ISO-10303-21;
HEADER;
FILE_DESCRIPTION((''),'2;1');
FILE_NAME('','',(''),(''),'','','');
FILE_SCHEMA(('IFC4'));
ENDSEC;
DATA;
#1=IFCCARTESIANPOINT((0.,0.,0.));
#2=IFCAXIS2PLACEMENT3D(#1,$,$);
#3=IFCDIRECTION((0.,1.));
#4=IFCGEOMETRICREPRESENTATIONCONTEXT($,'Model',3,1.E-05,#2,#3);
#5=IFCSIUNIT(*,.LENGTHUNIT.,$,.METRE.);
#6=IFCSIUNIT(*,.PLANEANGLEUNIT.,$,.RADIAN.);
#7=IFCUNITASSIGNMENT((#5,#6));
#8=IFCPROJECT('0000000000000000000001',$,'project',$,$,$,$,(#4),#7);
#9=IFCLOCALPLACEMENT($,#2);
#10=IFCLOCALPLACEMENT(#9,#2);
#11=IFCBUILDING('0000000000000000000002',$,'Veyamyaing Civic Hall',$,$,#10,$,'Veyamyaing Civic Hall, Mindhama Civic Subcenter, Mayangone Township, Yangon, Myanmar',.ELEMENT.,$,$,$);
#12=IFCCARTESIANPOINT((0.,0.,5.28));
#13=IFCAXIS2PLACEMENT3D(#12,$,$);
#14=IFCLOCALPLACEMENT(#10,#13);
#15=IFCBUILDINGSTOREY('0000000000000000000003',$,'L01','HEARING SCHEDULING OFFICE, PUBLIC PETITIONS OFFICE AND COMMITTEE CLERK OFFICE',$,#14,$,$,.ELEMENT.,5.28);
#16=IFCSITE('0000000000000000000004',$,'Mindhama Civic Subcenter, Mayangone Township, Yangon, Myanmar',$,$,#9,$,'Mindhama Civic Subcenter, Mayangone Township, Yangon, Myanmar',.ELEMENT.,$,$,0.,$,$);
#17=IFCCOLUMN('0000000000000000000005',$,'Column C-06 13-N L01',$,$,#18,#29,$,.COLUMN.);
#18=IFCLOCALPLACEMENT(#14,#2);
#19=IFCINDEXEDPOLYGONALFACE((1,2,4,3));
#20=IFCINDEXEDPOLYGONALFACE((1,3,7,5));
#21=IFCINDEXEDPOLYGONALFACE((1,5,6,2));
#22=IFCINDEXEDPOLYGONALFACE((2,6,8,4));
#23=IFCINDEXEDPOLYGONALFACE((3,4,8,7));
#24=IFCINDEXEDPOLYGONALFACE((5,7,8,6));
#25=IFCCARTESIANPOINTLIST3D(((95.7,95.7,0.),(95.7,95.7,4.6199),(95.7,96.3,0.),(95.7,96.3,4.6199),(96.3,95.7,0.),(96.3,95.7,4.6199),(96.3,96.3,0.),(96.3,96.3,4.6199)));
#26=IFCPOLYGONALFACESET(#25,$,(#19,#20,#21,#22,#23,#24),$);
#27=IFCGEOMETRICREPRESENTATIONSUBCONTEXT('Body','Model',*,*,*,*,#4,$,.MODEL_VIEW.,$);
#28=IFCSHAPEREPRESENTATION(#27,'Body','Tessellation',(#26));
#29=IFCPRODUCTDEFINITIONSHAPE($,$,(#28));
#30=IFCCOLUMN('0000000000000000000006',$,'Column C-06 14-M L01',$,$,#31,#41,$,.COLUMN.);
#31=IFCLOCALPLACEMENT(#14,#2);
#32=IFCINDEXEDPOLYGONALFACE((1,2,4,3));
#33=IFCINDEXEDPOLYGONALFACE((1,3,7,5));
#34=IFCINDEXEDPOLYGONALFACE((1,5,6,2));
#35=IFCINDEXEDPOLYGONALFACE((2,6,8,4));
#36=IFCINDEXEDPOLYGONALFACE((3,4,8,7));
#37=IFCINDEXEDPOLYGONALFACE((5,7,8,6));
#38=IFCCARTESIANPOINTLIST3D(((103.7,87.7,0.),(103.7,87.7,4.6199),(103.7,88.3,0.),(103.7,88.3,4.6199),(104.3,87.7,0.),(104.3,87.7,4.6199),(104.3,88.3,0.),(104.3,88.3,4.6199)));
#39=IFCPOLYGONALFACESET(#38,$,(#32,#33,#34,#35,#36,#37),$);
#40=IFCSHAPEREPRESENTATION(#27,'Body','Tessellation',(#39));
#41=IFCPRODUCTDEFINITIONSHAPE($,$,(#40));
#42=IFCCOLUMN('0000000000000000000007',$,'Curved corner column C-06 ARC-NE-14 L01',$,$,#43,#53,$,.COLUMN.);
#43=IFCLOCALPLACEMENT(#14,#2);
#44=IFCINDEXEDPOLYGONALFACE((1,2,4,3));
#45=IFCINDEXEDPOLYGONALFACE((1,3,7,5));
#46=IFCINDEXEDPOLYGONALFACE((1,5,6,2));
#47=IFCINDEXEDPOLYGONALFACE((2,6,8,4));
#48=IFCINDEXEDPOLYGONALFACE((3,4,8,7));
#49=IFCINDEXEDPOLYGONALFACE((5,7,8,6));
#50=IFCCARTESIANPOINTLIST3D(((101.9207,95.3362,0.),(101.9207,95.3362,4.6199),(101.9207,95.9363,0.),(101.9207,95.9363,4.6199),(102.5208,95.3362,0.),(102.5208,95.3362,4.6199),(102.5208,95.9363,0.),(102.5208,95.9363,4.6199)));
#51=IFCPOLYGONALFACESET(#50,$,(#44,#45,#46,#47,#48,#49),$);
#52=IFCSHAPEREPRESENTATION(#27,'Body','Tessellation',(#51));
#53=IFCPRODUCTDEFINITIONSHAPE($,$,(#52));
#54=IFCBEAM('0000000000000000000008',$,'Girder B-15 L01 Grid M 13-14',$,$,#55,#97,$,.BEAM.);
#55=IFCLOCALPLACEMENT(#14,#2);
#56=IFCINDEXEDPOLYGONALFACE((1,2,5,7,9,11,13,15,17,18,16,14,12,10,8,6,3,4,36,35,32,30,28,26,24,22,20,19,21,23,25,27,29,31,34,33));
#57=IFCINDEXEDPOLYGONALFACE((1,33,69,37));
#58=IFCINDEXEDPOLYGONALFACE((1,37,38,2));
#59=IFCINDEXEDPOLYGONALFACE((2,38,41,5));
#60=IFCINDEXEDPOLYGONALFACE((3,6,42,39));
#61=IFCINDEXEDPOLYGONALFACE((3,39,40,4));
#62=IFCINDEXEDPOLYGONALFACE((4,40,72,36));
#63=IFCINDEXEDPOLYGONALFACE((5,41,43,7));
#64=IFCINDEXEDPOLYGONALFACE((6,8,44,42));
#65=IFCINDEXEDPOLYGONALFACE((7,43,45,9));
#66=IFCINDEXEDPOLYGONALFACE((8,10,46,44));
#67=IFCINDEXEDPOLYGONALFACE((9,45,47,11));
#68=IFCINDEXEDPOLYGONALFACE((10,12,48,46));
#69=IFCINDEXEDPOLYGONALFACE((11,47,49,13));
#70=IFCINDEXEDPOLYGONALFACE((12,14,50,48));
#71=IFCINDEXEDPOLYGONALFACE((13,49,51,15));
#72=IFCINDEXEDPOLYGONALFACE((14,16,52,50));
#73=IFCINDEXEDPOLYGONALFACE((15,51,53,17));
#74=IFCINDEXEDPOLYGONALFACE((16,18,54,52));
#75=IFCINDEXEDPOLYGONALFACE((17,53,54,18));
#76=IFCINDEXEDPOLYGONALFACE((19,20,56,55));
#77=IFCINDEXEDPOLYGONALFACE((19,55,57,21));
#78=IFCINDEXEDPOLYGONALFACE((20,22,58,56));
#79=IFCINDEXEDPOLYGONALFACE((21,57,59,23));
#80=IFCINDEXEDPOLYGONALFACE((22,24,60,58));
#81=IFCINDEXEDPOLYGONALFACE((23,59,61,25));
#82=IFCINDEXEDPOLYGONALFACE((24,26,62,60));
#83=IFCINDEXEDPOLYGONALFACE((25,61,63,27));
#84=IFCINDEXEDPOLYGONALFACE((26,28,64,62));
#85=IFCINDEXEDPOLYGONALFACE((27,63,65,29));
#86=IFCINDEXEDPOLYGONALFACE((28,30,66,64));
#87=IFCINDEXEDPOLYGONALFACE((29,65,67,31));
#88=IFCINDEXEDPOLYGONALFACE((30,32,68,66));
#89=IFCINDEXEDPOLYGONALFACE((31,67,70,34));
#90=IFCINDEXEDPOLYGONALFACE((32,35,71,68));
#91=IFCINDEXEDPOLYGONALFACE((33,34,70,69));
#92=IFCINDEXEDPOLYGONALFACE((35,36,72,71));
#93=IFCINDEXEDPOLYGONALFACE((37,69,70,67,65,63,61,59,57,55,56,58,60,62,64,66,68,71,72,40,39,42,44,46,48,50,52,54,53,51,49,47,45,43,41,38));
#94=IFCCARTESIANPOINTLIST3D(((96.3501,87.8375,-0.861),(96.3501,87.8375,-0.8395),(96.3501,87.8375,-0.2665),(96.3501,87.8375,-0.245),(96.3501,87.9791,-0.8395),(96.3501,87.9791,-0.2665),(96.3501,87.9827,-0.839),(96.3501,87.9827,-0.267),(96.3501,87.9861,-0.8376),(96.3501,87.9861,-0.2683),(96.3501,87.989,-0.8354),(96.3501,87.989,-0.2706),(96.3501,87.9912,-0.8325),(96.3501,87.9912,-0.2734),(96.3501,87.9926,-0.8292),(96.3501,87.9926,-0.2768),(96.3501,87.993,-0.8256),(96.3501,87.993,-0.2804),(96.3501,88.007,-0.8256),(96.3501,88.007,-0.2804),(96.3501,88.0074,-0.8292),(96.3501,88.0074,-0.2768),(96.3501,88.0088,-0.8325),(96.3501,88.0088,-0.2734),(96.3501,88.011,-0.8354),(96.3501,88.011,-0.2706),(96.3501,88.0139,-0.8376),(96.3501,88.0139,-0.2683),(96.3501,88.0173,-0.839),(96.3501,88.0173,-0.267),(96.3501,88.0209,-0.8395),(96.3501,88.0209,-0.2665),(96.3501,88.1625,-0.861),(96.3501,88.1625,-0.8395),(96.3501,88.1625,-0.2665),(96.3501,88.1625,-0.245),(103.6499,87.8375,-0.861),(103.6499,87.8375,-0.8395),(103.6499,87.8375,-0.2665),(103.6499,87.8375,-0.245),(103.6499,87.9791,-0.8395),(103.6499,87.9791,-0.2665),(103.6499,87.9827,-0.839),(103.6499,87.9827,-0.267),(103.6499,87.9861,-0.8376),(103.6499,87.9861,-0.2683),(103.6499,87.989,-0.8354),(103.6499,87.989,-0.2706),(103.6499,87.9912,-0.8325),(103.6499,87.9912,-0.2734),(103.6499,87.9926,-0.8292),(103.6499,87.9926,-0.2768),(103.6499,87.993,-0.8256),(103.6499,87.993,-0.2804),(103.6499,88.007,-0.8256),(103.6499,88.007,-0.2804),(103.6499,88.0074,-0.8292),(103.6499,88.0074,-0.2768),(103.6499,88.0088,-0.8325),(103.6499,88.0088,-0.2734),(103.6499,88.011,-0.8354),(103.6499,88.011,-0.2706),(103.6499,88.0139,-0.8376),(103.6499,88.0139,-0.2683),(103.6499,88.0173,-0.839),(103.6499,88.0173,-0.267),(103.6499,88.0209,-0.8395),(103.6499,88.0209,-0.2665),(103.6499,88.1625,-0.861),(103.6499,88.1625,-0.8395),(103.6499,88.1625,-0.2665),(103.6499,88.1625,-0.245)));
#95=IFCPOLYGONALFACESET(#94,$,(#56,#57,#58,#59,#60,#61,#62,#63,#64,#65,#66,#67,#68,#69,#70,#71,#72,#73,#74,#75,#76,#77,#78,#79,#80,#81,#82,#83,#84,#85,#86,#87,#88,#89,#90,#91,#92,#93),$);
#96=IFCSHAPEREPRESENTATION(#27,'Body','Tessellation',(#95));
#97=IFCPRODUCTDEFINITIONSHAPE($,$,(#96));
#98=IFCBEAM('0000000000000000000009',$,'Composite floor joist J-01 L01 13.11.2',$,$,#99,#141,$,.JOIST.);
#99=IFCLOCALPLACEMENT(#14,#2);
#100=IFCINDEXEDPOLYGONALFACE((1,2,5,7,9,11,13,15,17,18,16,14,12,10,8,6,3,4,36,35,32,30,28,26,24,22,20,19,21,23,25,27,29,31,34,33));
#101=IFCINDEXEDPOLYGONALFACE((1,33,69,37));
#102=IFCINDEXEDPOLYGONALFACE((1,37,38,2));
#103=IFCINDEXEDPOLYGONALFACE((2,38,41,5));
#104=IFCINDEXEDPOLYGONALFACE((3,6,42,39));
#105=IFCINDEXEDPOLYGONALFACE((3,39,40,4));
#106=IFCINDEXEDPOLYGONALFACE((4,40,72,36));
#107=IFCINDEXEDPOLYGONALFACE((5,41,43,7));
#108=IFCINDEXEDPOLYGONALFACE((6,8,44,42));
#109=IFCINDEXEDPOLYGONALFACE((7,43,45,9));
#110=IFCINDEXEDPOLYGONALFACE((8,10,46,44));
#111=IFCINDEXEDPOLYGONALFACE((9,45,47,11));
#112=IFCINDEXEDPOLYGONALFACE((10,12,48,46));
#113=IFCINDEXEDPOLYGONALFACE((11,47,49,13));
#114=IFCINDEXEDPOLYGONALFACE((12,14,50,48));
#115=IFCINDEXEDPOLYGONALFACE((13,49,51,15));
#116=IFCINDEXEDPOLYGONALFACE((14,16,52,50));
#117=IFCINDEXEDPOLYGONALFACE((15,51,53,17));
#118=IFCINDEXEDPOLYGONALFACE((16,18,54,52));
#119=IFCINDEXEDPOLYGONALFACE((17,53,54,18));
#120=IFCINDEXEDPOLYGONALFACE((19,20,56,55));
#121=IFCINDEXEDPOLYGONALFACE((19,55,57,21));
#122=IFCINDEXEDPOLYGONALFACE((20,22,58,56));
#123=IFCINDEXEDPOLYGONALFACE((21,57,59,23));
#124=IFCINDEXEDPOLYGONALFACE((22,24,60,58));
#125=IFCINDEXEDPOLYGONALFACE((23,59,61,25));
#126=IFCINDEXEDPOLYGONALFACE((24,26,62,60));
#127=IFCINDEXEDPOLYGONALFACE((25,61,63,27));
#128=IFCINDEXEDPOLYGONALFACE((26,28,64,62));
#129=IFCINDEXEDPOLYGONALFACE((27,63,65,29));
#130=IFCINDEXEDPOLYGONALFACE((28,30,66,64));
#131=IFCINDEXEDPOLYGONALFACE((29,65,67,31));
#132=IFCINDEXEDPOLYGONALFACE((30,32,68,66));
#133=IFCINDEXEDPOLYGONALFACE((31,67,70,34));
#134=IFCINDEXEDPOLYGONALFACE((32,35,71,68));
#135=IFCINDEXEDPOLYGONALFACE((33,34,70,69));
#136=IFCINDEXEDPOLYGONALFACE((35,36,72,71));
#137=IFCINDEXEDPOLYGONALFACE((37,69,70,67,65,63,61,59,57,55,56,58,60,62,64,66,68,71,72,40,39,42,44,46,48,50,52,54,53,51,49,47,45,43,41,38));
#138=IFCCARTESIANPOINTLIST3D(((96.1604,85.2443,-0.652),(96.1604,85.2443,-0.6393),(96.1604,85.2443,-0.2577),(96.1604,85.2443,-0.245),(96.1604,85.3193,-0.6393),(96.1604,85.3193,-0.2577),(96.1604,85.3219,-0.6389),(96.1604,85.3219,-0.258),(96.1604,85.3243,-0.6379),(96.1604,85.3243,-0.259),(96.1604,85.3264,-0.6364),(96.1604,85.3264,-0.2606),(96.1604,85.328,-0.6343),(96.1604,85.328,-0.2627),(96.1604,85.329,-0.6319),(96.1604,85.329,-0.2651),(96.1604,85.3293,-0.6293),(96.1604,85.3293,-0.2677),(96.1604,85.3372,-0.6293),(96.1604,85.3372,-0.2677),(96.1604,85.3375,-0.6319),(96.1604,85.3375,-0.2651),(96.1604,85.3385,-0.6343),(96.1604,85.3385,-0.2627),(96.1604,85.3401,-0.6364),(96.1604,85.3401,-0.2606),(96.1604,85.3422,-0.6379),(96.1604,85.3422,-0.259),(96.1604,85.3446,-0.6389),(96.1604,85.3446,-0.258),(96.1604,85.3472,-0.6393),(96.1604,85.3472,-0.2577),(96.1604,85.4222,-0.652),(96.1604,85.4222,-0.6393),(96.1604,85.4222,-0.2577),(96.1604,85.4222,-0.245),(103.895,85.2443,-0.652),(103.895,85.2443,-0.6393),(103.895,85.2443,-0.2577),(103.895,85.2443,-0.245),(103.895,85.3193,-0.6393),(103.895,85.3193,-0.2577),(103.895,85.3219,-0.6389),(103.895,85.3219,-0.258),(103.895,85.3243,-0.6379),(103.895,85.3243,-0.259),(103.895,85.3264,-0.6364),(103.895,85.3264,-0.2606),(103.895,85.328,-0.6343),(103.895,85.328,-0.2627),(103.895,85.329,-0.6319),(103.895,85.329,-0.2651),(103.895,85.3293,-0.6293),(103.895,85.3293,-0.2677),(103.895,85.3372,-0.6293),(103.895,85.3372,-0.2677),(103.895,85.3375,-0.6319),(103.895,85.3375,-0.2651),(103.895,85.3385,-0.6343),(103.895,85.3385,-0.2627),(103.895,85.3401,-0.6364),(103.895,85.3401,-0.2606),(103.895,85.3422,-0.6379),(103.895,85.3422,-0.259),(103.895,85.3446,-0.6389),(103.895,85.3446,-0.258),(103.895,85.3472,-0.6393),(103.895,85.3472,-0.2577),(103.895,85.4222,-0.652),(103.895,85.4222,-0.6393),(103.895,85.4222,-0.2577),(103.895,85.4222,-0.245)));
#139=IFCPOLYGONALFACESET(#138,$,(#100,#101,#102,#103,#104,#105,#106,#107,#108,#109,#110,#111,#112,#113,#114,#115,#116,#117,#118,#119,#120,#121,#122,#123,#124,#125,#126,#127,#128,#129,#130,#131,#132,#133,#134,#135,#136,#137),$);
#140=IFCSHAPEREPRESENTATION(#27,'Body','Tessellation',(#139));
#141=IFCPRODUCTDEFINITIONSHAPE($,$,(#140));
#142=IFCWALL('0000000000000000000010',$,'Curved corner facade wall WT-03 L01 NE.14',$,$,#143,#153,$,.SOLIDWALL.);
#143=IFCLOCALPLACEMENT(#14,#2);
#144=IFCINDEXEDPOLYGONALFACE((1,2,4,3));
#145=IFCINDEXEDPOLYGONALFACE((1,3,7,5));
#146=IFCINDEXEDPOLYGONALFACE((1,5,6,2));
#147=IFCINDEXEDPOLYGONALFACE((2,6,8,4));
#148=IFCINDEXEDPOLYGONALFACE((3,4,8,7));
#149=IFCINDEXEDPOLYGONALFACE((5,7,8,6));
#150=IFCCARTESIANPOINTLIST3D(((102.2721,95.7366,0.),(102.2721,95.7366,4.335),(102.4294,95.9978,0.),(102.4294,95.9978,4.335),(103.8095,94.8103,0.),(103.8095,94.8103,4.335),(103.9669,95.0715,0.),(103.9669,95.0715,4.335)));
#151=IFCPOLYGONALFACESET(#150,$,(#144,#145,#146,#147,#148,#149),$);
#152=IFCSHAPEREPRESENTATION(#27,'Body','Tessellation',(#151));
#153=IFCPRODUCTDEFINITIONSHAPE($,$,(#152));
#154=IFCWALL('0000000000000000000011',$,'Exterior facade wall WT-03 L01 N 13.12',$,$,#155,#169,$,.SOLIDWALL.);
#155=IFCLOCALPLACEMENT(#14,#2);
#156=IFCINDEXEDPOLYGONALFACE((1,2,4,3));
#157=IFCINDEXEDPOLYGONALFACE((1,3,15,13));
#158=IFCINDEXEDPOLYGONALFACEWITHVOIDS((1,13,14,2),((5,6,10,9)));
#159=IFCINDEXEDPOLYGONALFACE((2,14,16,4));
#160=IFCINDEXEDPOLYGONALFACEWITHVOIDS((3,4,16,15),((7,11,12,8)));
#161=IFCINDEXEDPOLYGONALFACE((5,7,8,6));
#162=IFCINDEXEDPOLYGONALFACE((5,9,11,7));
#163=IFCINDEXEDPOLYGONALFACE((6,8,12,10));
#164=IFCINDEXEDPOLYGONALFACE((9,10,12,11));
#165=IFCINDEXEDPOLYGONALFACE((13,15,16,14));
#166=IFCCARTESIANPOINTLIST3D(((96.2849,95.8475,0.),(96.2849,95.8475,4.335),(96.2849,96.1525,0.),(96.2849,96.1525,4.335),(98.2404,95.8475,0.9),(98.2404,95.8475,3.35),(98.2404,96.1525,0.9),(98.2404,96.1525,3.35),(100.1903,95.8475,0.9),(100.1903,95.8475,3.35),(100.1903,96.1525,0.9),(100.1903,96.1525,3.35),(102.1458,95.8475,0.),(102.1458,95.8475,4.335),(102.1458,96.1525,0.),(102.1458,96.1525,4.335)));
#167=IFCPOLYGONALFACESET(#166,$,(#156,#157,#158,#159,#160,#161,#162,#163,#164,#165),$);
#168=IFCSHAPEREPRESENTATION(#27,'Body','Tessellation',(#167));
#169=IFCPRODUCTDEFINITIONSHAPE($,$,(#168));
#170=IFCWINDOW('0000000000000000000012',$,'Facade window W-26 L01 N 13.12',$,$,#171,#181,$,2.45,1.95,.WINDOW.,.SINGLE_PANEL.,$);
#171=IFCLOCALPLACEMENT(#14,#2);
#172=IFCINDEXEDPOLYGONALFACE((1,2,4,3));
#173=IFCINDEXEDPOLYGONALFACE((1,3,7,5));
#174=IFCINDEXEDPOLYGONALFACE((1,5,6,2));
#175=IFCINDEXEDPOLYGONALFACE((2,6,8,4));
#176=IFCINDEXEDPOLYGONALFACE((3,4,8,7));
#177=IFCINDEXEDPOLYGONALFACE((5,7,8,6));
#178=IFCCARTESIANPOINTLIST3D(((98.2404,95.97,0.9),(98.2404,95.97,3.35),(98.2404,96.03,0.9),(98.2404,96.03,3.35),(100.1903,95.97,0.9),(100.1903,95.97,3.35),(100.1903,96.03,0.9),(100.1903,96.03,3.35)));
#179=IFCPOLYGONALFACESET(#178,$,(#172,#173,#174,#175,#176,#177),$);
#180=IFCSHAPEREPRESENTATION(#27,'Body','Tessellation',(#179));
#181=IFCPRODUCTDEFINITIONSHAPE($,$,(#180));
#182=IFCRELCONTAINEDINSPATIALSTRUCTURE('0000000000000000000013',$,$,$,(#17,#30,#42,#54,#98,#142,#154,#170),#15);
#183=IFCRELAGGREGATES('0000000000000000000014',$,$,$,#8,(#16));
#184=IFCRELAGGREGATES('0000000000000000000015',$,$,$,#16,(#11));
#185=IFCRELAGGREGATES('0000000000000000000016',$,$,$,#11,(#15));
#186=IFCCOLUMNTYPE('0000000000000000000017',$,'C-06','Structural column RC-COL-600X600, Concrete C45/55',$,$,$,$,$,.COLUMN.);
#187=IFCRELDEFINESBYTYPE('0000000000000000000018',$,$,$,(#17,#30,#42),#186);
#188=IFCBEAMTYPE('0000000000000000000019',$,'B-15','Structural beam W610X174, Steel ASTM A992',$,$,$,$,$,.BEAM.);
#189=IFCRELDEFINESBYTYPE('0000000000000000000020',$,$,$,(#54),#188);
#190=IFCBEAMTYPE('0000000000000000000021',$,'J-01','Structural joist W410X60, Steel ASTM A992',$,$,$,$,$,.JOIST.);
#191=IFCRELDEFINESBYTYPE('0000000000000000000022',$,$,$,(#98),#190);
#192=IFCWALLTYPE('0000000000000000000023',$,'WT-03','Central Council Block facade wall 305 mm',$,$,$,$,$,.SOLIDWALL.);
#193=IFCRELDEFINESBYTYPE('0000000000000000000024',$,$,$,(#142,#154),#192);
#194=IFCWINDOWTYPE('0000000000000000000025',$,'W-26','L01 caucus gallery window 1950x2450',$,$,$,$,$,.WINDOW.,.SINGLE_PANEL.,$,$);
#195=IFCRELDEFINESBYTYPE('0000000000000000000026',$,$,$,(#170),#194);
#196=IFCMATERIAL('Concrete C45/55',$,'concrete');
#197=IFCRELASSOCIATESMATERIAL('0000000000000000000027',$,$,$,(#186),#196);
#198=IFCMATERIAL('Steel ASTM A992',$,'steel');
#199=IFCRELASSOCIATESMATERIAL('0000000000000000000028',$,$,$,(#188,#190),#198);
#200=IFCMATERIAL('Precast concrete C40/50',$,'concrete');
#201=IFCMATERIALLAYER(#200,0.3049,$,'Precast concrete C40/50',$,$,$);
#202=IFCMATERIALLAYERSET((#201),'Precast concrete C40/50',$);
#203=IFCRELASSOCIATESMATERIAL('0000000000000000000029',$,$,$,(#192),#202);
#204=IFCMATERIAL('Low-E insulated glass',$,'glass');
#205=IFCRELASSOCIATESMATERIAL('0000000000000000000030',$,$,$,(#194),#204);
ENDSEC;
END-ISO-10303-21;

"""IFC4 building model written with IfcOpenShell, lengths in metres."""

from ifc_helpers import new_model, si_unit, direction, frame, frame_2d, origin, origin_2d, place, context, subcontext, project, spatial, rectangle, i_section, extrude, material, layer, layer_set, material_profile, profile_set, type_object, element, fill, save


model = new_model("IFC4")

# Units and contexts
model_context = context("Model", 3, precision=1e-05, world=origin(), true_north=direction((0.0, 1.0)))
body_context = subcontext(model_context, "Body", "Model", "MODEL_VIEW")
ifc_project = project(units=[si_unit("LENGTHUNIT", "METRE"), si_unit("PLANEANGLEUNIT", "RADIAN")], contexts=[model_context])

# Site, building, storey
site_placement = place(None, origin())
site = spatial("IfcSite", under=ifc_project, at=site_placement, Name="Mindhama Civic Subcenter, Mayangone Township, Yangon, Myanmar", LongName="Mindhama Civic Subcenter, Mayangone Township, Yangon, Myanmar", CompositionType="ELEMENT", RefElevation=0.0)
building_placement = place(site_placement, origin())
building = spatial("IfcBuilding", under=site, at=building_placement, Name="Veyamyaing Civic Hall", LongName="Veyamyaing Civic Hall, Mindhama Civic Subcenter, Mayangone Township, Yangon, Myanmar", CompositionType="ELEMENT")
storey_placement = place(building_placement, frame((0.0, 0.0, 5.28)))
storey = spatial("IfcBuildingStorey", under=building, at=storey_placement, Name="L01", Description="HEARING SCHEDULING OFFICE, PUBLIC PETITIONS OFFICE AND COMMITTEE CLERK OFFICE", CompositionType="ELEMENT", Elevation=5.28)

# Columns
ifc_material_1 = material(Name="Concrete C45/55", Category="concrete")
ifc_material_profile_1 = material_profile(ifc_material_1, rectangle(XDim=0.6001, YDim=0.6001, at=origin_2d()), Name="RC-COL-600X600")
ifc_profile_set_1 = profile_set([ifc_material_profile_1], Name="Concrete C45/55")
column_type = type_object("IfcColumnType", Name="C-06", Description="Structural column RC-COL-600X600, Concrete C45/55", PredefinedType="COLUMN", material=ifc_profile_set_1)
for number, where, z_axis, x_axis, name in (
    (1, (96.0, 96.0, 0.0), (0.0, 0.0, 1.0), (1.0, 0.0, 0.0), "Column C-06 13-N L01"),
    (2, (104.0, 88.0, 0.0), (0.0, 0.0, 1.0), (1.0, 0.0, 0.0), "Column C-06 14-M L01"),
    (3, (102.2207, 95.6362, 0.0), (0.0, 0.0, 1.0), (1.0, 0.0, 0.0), "Curved corner column C-06 ARC-NE-14 L01"),
):
    element("IfcColumn", number, at=place(storey_placement, frame(where, z_axis=z_axis, x_axis=x_axis)), inside=storey, type_object=column_type, Name=name, PredefinedType="COLUMN", context=body_context, shape_type="SweptSolid", body=[
        extrude(rectangle(XDim=0.6001, YDim=0.6001, at=origin_2d()), origin(), (0.0, 0.0, 1.0), 4.6199),
    ])

# Beams
ifc_material_2 = material(Name="Steel ASTM A992", Category="steel")
ifc_material_profile_2 = material_profile(ifc_material_2, i_section(OverallWidth=0.325, OverallDepth=0.616, WebThickness=0.0139, FlangeThickness=0.0215, FilletRadius=0.0139, at=origin_2d()), Name="W610X174")
ifc_profile_set_2 = profile_set([ifc_material_profile_2], Name="Steel ASTM A992")
beam_type_1 = type_object("IfcBeamType", Name="B-15", Description="Structural beam W610X174, Steel ASTM A992", PredefinedType="BEAM", material=ifc_profile_set_2)
beam_1_placement = place(storey_placement, frame((96.3501, 88.0, -0.553), z_axis=(1.0, 0.0, 0.0), x_axis=(0.0, 1.0, 0.0)))
element("IfcBeam", 4, at=beam_1_placement, inside=storey, type_object=beam_type_1, Name="Girder B-15 L01 Grid M 13-14", PredefinedType="BEAM", context=body_context, shape_type="SweptSolid", body=[
    extrude(i_section(OverallWidth=0.325, OverallDepth=0.616, WebThickness=0.0139, FlangeThickness=0.0215, FilletRadius=0.0139, at=origin_2d()), origin(), (0.0, 0.0, 1.0), 7.2998),
])
ifc_material_profile_3 = material_profile(ifc_material_2, i_section(OverallWidth=0.178, OverallDepth=0.407, WebThickness=0.0078, FlangeThickness=0.0127, FilletRadius=0.01, at=origin_2d()), Name="W410X60")
ifc_profile_set_3 = profile_set([ifc_material_profile_3], Name="Steel ASTM A992")
beam_type_2 = type_object("IfcBeamType", Name="J-01", Description="Structural joist W410X60, Steel ASTM A992", PredefinedType="JOIST", material=ifc_profile_set_3)
beam_2_placement = place(storey_placement, frame((96.1604, 85.3333, -0.4485), z_axis=(1.0, 0.0, 0.0), x_axis=(0.0, 1.0, 0.0)))
element("IfcBeam", 5, at=beam_2_placement, inside=storey, type_object=beam_type_2, Name="Composite floor joist J-01 L01 13.11.2", PredefinedType="JOIST", context=body_context, shape_type="SweptSolid", body=[
    extrude(i_section(OverallWidth=0.178, OverallDepth=0.407, WebThickness=0.0078, FlangeThickness=0.0127, FilletRadius=0.01, at=origin_2d()), origin(), (0.0, 0.0, 1.0), 7.7346),
])

# Wall
ifc_material_3 = material(Name="Precast concrete C40/50", Category="concrete")
ifc_layer_1 = layer(ifc_material_3, 0.3049, Name="Precast concrete C40/50")
ifc_layer_set_1 = layer_set([ifc_layer_1], Name="Precast concrete C40/50")
wall_type_1 = type_object("IfcWallType", Name="WT-03", Description="Central Council Block facade wall 305 mm", PredefinedType="SOLIDWALL", material=ifc_layer_set_1)
wall_1_placement = place(storey_placement, frame((103.8882, 94.9409, 0.0), z_axis=(0.0, 0.0, 1.0), x_axis=(-0.856543, 0.516075, 0.0)))
element("IfcWall", 6, at=wall_1_placement, inside=storey, type_object=wall_type_1, Name="Curved corner facade wall WT-03 L01 NE.14", PredefinedType="SOLIDWALL", context=body_context, shape_type="SweptSolid", body=[
    extrude(rectangle(XDim=1.7949, YDim=0.3049, at=frame_2d((0.8975, 0.0))), origin(), (0.0, 0.0, 1.0), 4.335),
])

# Wall, opening, window
wall_2_placement = place(storey_placement, frame((96.2849, 96.0, 0.0), z_axis=(0.0, 0.0, 1.0), x_axis=(1.0, 0.0, 0.0)))
wall_2 = element("IfcWall", 7, at=wall_2_placement, inside=storey, type_object=wall_type_1, Name="Exterior facade wall WT-03 L01 N 13.12", PredefinedType="SOLIDWALL", context=body_context, shape_type="SweptSolid", body=[
    extrude(rectangle(XDim=5.8608, YDim=0.3049, at=frame_2d((2.9304, 0.0))), origin(), (0.0, 0.0, 1.0), 4.335),
])
opening_1_placement = place(wall_2_placement, frame((1.9553, 0.0, 0.8999)))
opening_1 = element("IfcOpeningElement", 8, at=opening_1_placement, cuts=wall_2, PredefinedType="OPENING", context=body_context, shape_type="SweptSolid", body=[
    extrude(rectangle(XDim=1.95, YDim=2.45, at=frame_2d((0.9751, 1.2251))), frame((0.0, 0.1624, 0.0), z_axis=(0.0, -1.0, 0.0), x_axis=(1.0, 0.0, 0.0)), (0.0, 0.0, 1.0), 0.325),
])
ifc_material_4 = material(Name="Low-E insulated glass", Category="glass")
window_type = type_object("IfcWindowType", Name="W-26", Description="L01 caucus gallery window 1950x2450", PartitioningType="SINGLE_PANEL", PredefinedType="WINDOW", material=ifc_material_4)
window_placement = place(opening_1_placement, origin())
window = element("IfcWindow", 9, at=window_placement, inside=storey, type_object=window_type, Name="Facade window W-26 L01 N 13.12", OverallHeight=2.45, OverallWidth=1.95, PartitioningType="SINGLE_PANEL", PredefinedType="WINDOW", context=body_context, shape_type="SweptSolid", body=[
    extrude(rectangle(XDim=1.95, YDim=2.45, at=frame_2d((0.9751, 1.2251))), frame((0.0, 0.03, 0.0), z_axis=(0.0, -1.0, 0.0), x_axis=(1.0, 0.0, 0.0)), (0.0, 0.0, 1.0), 0.0601),
])
fill(opening_1, window)

save(model, "model.ifc")
